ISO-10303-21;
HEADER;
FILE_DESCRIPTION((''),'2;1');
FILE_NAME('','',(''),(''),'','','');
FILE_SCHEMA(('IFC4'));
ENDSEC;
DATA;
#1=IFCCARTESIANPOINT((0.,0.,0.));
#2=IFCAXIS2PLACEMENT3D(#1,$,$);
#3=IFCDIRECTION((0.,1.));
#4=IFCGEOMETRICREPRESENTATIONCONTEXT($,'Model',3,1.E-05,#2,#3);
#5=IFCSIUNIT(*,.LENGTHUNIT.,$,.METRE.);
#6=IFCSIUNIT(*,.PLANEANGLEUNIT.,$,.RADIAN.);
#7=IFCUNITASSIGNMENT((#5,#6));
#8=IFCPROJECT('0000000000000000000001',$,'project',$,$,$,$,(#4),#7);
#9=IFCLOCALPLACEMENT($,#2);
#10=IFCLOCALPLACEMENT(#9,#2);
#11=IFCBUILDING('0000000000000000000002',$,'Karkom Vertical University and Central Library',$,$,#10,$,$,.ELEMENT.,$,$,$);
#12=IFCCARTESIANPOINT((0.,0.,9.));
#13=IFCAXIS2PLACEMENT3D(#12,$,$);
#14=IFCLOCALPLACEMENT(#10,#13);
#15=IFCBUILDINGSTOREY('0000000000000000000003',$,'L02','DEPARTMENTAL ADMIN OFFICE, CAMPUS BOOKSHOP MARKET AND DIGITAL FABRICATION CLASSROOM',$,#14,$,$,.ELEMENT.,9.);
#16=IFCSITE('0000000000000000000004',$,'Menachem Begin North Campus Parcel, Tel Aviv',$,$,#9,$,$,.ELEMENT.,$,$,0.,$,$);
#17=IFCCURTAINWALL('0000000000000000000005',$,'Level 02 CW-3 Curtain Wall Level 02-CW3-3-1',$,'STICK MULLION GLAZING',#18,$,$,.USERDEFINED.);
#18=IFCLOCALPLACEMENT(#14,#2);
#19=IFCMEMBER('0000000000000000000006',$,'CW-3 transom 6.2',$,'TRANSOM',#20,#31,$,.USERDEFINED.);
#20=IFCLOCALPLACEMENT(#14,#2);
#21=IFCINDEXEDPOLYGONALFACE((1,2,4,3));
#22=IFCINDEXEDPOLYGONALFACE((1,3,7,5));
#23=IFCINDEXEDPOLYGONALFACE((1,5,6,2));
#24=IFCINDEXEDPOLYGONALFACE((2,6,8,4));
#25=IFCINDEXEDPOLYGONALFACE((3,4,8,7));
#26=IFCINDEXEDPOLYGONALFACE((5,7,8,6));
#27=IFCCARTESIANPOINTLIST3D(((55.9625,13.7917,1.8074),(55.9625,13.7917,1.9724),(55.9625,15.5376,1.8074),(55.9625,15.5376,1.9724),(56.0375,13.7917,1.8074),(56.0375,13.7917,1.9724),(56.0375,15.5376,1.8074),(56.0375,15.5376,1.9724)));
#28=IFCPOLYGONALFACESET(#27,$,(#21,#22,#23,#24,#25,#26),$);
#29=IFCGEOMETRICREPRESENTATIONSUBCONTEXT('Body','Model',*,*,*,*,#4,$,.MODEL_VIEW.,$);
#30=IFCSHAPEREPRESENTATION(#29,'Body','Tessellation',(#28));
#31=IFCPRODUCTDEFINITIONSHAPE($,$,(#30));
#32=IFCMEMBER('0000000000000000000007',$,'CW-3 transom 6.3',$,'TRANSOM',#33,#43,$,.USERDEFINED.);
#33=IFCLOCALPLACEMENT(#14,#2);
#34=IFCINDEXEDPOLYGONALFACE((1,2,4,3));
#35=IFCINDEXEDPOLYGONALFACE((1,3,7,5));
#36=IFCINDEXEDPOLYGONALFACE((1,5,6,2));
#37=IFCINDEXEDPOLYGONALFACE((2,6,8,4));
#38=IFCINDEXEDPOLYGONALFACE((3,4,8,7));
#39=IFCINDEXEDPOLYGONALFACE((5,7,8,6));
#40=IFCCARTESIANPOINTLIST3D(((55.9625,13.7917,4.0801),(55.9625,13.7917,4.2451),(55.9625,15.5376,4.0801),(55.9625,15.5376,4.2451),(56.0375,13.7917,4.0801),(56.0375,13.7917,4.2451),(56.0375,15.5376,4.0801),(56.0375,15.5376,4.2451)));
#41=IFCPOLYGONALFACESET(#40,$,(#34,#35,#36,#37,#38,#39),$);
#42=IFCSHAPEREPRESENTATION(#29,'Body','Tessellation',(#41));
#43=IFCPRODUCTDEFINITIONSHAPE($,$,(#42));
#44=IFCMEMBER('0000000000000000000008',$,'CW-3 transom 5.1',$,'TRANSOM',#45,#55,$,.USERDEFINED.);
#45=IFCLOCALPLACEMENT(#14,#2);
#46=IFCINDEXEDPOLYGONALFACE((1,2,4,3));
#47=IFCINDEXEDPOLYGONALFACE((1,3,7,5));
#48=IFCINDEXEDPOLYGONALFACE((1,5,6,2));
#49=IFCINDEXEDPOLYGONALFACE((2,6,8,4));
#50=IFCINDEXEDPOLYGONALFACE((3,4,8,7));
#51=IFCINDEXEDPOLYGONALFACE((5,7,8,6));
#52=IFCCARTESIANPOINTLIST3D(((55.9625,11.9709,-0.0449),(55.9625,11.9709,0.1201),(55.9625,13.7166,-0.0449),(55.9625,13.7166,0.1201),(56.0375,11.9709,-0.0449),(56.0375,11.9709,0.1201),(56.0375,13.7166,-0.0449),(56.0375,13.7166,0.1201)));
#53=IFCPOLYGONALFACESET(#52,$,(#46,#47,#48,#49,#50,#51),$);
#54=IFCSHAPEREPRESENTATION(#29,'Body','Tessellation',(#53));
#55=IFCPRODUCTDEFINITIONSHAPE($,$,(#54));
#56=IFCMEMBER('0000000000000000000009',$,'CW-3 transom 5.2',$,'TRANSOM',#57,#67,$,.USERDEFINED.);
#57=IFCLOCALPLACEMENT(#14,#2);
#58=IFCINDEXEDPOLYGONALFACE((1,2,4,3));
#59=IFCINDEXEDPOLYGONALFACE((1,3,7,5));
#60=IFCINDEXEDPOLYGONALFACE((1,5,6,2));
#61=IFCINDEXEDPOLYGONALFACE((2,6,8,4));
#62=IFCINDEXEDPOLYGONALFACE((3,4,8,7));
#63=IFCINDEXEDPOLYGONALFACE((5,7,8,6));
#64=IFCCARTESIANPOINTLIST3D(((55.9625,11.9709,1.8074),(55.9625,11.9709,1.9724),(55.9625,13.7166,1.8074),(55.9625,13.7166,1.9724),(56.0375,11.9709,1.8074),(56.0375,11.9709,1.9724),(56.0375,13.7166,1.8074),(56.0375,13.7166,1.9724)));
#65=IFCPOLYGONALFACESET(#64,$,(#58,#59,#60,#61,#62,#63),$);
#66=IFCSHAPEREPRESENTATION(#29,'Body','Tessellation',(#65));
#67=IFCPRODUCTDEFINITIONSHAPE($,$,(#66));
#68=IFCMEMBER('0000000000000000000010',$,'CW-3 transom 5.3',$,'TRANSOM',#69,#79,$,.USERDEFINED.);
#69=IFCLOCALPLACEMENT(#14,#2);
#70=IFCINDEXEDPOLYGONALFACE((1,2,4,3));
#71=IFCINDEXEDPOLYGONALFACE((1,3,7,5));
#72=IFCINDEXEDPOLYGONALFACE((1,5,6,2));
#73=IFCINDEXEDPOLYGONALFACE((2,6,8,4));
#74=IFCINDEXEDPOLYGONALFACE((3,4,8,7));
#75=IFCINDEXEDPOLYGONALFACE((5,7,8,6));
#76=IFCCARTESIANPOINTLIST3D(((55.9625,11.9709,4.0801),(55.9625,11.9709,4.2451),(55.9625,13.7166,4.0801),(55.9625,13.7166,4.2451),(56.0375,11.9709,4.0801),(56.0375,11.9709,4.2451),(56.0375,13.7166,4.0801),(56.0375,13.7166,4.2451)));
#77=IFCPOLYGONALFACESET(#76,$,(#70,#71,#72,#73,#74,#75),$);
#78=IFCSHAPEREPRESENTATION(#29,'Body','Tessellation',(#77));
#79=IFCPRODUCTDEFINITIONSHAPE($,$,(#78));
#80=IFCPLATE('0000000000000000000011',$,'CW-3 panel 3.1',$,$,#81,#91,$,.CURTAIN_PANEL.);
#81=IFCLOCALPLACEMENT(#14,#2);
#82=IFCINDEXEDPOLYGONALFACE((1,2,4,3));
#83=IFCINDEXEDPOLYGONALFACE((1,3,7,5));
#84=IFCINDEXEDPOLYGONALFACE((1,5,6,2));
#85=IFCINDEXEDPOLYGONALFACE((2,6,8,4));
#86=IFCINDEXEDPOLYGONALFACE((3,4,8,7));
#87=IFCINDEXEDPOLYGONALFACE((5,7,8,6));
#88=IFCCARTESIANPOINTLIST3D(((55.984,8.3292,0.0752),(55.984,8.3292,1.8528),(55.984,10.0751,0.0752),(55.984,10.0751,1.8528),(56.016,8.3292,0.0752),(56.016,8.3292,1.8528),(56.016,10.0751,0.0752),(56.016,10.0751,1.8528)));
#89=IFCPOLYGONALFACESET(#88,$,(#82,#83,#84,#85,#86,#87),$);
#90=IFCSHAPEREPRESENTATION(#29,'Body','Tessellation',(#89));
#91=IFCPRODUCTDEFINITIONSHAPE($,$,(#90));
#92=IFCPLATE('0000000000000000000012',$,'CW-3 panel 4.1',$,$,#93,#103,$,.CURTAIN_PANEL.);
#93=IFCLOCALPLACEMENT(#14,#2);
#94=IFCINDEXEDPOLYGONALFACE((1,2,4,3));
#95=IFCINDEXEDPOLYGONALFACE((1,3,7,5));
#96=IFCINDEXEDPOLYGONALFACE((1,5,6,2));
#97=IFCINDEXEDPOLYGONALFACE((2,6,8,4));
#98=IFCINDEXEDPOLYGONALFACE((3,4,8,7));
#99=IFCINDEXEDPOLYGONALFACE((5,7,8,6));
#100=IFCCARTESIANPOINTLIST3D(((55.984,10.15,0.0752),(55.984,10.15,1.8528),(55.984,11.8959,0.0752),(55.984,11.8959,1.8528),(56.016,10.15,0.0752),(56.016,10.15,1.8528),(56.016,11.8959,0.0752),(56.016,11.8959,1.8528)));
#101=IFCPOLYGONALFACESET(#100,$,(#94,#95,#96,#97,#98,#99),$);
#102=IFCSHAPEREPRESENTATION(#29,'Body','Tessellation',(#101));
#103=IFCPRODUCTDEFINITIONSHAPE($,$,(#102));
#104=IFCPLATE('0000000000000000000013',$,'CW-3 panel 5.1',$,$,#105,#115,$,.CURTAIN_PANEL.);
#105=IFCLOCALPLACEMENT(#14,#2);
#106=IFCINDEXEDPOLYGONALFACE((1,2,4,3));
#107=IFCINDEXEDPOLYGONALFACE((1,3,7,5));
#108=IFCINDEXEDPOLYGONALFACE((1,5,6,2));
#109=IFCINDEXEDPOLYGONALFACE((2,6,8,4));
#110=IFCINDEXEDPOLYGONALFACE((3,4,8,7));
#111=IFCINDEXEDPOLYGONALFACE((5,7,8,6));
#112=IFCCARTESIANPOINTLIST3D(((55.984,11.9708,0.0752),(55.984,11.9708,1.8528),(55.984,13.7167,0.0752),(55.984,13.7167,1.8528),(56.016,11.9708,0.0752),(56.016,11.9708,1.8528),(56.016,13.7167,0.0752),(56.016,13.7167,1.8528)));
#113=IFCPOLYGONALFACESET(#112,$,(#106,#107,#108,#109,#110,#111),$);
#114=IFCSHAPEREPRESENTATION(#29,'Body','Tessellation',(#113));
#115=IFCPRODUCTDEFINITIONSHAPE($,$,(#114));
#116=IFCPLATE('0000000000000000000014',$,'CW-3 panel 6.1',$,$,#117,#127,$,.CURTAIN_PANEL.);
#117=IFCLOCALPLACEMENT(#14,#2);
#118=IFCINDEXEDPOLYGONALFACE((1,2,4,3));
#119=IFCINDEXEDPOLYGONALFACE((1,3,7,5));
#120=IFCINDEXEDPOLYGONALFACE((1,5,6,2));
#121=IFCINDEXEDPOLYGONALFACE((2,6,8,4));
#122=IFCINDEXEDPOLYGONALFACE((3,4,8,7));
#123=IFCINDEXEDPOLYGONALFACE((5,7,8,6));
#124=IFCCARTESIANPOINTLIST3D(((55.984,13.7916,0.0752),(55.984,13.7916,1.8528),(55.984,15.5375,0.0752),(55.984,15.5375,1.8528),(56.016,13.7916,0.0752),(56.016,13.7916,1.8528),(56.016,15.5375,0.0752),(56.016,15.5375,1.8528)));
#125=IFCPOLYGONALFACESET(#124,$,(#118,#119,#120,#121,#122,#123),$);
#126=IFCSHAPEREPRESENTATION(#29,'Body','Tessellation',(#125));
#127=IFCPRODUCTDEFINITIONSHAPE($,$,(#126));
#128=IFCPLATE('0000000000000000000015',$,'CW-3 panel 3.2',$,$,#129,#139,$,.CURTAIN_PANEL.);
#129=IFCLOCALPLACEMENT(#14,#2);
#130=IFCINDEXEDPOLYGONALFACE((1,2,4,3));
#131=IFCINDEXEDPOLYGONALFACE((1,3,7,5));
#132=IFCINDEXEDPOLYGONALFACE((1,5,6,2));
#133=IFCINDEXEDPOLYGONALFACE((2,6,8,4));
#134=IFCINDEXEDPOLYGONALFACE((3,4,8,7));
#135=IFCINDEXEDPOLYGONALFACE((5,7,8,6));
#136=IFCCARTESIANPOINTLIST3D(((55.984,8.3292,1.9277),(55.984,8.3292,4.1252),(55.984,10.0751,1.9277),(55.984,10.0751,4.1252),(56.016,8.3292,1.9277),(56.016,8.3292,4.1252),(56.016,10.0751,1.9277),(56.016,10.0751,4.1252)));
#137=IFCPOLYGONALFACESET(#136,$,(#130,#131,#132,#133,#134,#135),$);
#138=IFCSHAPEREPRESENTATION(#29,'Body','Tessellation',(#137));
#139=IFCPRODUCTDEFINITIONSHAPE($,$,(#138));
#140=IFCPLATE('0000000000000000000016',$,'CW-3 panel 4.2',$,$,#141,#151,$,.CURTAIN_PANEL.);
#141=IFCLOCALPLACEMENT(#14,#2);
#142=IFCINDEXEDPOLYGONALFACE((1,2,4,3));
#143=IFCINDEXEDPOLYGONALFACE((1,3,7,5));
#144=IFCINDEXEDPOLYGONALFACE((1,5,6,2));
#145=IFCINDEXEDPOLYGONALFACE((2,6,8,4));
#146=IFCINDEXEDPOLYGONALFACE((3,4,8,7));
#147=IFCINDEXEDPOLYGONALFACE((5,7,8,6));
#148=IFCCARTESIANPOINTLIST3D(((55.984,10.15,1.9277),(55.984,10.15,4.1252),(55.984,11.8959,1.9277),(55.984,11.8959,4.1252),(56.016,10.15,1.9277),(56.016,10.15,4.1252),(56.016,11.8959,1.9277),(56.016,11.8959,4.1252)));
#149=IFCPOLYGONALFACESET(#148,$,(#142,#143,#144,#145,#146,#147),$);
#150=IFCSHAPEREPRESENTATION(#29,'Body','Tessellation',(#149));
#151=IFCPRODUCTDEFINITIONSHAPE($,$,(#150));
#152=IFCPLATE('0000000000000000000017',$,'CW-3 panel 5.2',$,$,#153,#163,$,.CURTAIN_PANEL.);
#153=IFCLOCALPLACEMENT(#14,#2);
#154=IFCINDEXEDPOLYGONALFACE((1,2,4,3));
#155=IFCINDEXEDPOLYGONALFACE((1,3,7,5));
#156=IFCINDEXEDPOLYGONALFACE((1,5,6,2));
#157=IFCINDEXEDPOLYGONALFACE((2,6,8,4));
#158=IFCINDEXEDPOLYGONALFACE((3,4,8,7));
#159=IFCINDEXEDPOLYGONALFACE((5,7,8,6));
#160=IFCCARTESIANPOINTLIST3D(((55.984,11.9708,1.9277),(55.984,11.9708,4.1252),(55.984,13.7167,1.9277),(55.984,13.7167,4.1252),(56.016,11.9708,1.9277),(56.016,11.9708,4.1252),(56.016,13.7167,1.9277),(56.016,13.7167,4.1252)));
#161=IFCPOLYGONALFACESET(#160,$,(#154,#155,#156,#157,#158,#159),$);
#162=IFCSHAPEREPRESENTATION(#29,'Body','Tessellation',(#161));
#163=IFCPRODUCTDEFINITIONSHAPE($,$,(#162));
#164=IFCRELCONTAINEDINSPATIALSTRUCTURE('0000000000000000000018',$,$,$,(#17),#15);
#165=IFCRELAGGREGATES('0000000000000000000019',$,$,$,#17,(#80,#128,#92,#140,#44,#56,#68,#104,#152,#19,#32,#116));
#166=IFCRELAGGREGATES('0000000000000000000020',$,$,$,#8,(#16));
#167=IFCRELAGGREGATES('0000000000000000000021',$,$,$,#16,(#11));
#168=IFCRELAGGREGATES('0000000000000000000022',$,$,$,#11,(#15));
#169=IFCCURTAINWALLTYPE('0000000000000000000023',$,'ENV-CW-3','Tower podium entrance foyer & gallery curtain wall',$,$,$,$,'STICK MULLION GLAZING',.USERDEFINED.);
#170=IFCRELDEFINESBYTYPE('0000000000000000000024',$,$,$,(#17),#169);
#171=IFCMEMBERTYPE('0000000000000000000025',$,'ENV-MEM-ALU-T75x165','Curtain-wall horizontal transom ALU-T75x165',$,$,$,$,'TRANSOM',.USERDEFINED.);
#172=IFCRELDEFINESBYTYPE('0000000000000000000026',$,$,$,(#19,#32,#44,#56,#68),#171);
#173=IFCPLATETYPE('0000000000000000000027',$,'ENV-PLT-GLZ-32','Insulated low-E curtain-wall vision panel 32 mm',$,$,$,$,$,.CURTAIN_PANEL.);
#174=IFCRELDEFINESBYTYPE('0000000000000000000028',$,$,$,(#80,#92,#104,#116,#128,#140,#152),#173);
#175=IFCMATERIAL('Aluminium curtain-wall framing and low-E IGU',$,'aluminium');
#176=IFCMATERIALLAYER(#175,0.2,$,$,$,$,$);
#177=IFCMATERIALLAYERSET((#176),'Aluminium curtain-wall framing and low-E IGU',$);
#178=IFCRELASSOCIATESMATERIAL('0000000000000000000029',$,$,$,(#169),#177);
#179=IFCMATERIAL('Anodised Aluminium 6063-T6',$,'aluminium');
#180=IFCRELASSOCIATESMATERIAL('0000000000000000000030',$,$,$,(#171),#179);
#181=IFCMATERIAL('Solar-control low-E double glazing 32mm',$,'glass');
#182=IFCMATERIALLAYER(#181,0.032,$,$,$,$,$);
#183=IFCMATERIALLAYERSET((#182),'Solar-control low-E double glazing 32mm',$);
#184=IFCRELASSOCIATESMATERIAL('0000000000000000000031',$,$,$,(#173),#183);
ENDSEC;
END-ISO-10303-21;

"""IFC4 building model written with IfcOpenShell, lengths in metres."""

from ifc_helpers import new_model, si_unit, direction, frame, origin, origin_with_axes, origin_2d, place, context, subcontext, project, spatial, rectangle, extrude, source, transform, mapped, material, layer, layer_set, material_profile, profile_set, type_object, element, aggregate, save


model = new_model("IFC4")

# Units and contexts
model_context = context("Model", 3, precision=1e-05, world=origin(), true_north=direction((0.0, 1.0)))
body_context = subcontext(model_context, "Body", "Model", "MODEL_VIEW")
ifc_project = project(units=[si_unit("LENGTHUNIT", "METRE"), si_unit("PLANEANGLEUNIT", "RADIAN")], contexts=[model_context])

# Site, building, storey
site_placement = place(None, origin())
site = spatial("IfcSite", under=ifc_project, at=site_placement, Name="Menachem Begin North Campus Parcel, Tel Aviv", CompositionType="ELEMENT", RefElevation=0.0)
building_placement = place(site_placement, origin())
building = spatial("IfcBuilding", under=site, at=building_placement, Name="Karkom Vertical University and Central Library", CompositionType="ELEMENT")
storey_placement = place(building_placement, frame((0.0, 0.0, 9.0)))
storey = spatial("IfcBuildingStorey", under=building, at=storey_placement, Name="L02", Description="DEPARTMENTAL ADMIN OFFICE, CAMPUS BOOKSHOP MARKET AND DIGITAL FABRICATION CLASSROOM", CompositionType="ELEMENT", Elevation=9.0)

# Curtain wall
ifc_material_1 = material(Name="Aluminium curtain-wall framing and low-E IGU", Category="aluminium")
ifc_layer_1 = layer(ifc_material_1, 0.2)
ifc_layer_set_1 = layer_set([ifc_layer_1], Name="Aluminium curtain-wall framing and low-E IGU")
curtain_wall_type_1 = type_object("IfcCurtainWallType", Name="ENV-CW-3", Description="Tower podium entrance foyer & gallery curtain wall", ElementType="STICK MULLION GLAZING", PredefinedType="USERDEFINED", material=ifc_layer_set_1)
curtain_wall_1_placement = place(storey_placement, origin())
curtain_wall_1 = element("IfcCurtainWall", 1, at=curtain_wall_1_placement, inside=storey, type_object=curtain_wall_type_1, Name="Level 02 CW-3 Curtain Wall Level 02-CW3-3-1", ObjectType="STICK MULLION GLAZING", PredefinedType="USERDEFINED")
ifc_material_2 = material(Name="Anodised Aluminium 6063-T6", Category="aluminium")

# Members
ifc_material_profile_1 = material_profile(ifc_material_2, rectangle(XDim=0.075, YDim=0.165, at=origin_2d()), Name="ALU-T75x165")
ifc_profile_set_1 = profile_set([ifc_material_profile_1], Name="Anodised Aluminium 6063-T6")
member_type_1 = type_object("IfcMemberType", Name="ENV-MEM-ALU-T75x165", Description="Curtain-wall horizontal transom ALU-T75x165", ElementType="TRANSOM", PredefinedType="USERDEFINED", material=ifc_profile_set_1)
shared_shape_1 = source(origin_with_axes(), body_context, "Body", "SweptSolid", [
    extrude(rectangle(XDim=0.075, YDim=0.165, at=origin_2d()), origin(), (0.0, 0.0, 1.0), 1.7458),
])
member_1_placement = place(storey_placement, frame((56.0, 13.7917, 1.8899), z_axis=(0.0, 1.0, 0.0), x_axis=(-1.0, 0.0, 0.0)))
member_1 = element("IfcMember", 2, at=member_1_placement, type_object=member_type_1, Name="CW-3 transom 6.2", ObjectType="TRANSOM", PredefinedType="USERDEFINED", context=body_context, shape_type="MappedRepresentation", body=[
    mapped(shared_shape_1, transform((0.0, 0.0, 0.0), scale=1.0)),
])
member_2_placement = place(storey_placement, frame((56.0, 13.7917, 4.1626), z_axis=(0.0, 1.0, 0.0), x_axis=(-1.0, 0.0, 0.0)))
member_2 = element("IfcMember", 3, at=member_2_placement, type_object=member_type_1, Name="CW-3 transom 6.3", ObjectType="TRANSOM", PredefinedType="USERDEFINED", context=body_context, shape_type="MappedRepresentation", body=[
    mapped(shared_shape_1, transform((0.0, 0.0, 0.0), scale=1.0)),
])
shared_shape_2 = source(origin_with_axes(), body_context, "Body", "SweptSolid", [
    extrude(rectangle(XDim=0.075, YDim=0.165, at=origin_2d()), origin(), (0.0, 0.0, 1.0), 1.7456),
])
member_3_placement = place(storey_placement, frame((56.0, 11.9709, 0.0376), z_axis=(0.0, 1.0, 0.0), x_axis=(-1.0, 0.0, 0.0)))
member_3 = element("IfcMember", 4, at=member_3_placement, type_object=member_type_1, Name="CW-3 transom 5.1", ObjectType="TRANSOM", PredefinedType="USERDEFINED", context=body_context, shape_type="MappedRepresentation", body=[
    mapped(shared_shape_2, transform((0.0, 0.0, 0.0), scale=1.0)),
])
member_4_placement = place(storey_placement, frame((56.0, 11.9709, 1.8899), z_axis=(0.0, 1.0, 0.0), x_axis=(-1.0, 0.0, 0.0)))
member_4 = element("IfcMember", 5, at=member_4_placement, type_object=member_type_1, Name="CW-3 transom 5.2", ObjectType="TRANSOM", PredefinedType="USERDEFINED", context=body_context, shape_type="MappedRepresentation", body=[
    mapped(shared_shape_2, transform((0.0, 0.0, 0.0), scale=1.0)),
])
member_5_placement = place(storey_placement, frame((56.0, 11.9709, 4.1626), z_axis=(0.0, 1.0, 0.0), x_axis=(-1.0, 0.0, 0.0)))
member_5 = element("IfcMember", 6, at=member_5_placement, type_object=member_type_1, Name="CW-3 transom 5.3", ObjectType="TRANSOM", PredefinedType="USERDEFINED", context=body_context, shape_type="MappedRepresentation", body=[
    mapped(shared_shape_2, transform((0.0, 0.0, 0.0), scale=1.0)),
])

# Plates
ifc_material_3 = material(Name="Solar-control low-E double glazing 32mm", Category="glass")
ifc_layer_2 = layer(ifc_material_3, 0.032)
ifc_layer_set_2 = layer_set([ifc_layer_2], Name="Solar-control low-E double glazing 32mm")
plate_type = type_object("IfcPlateType", Name="ENV-PLT-GLZ-32", Description="Insulated low-E curtain-wall vision panel 32 mm", PredefinedType="CURTAIN_PANEL", material=ifc_layer_set_2)
shared_shape_3 = source(origin_with_axes(), body_context, "Body", "SweptSolid", [
    extrude(rectangle(XDim=1.7458, YDim=0.032, at=origin_2d()), origin(), (0.0, 0.0, 1.0), 1.7776),
])
plate_1_placement = place(storey_placement, frame((56.0, 9.2021, 0.0752), z_axis=(0.0, 0.0, 1.0), x_axis=(0.0, 1.0, 0.0)))
plate_1 = element("IfcPlate", 7, at=plate_1_placement, type_object=plate_type, Name="CW-3 panel 3.1", PredefinedType="CURTAIN_PANEL", context=body_context, shape_type="MappedRepresentation", body=[
    mapped(shared_shape_3, transform((0.0, 0.0, 0.0), scale=1.0)),
])
plate_2_placement = place(storey_placement, frame((56.0, 11.0229, 0.0752), z_axis=(0.0, 0.0, 1.0), x_axis=(0.0, 1.0, 0.0)))
plate_2 = element("IfcPlate", 8, at=plate_2_placement, type_object=plate_type, Name="CW-3 panel 4.1", PredefinedType="CURTAIN_PANEL", context=body_context, shape_type="MappedRepresentation", body=[
    mapped(shared_shape_3, transform((0.0, 0.0, 0.0), scale=1.0)),
])
plate_3_placement = place(storey_placement, frame((56.0, 12.8438, 0.0752), z_axis=(0.0, 0.0, 1.0), x_axis=(0.0, 1.0, 0.0)))
plate_3 = element("IfcPlate", 9, at=plate_3_placement, type_object=plate_type, Name="CW-3 panel 5.1", PredefinedType="CURTAIN_PANEL", context=body_context, shape_type="MappedRepresentation", body=[
    mapped(shared_shape_3, transform((0.0, 0.0, 0.0), scale=1.0)),
])
plate_4_placement = place(storey_placement, frame((56.0, 14.6646, 0.0752), z_axis=(0.0, 0.0, 1.0), x_axis=(0.0, 1.0, 0.0)))
plate_4 = element("IfcPlate", 10, at=plate_4_placement, type_object=plate_type, Name="CW-3 panel 6.1", PredefinedType="CURTAIN_PANEL", context=body_context, shape_type="MappedRepresentation", body=[
    mapped(shared_shape_3, transform((0.0, 0.0, 0.0), scale=1.0)),
])
shared_shape_4 = source(origin_with_axes(), body_context, "Body", "SweptSolid", [
    extrude(rectangle(XDim=1.7458, YDim=0.032, at=origin_2d()), origin(), (0.0, 0.0, 1.0), 2.1975),
])
plate_5_placement = place(storey_placement, frame((56.0, 9.2021, 1.9277), z_axis=(0.0, 0.0, 1.0), x_axis=(0.0, 1.0, 0.0)))
plate_5 = element("IfcPlate", 11, at=plate_5_placement, type_object=plate_type, Name="CW-3 panel 3.2", PredefinedType="CURTAIN_PANEL", context=body_context, shape_type="MappedRepresentation", body=[
    mapped(shared_shape_4, transform((0.0, 0.0, 0.0), scale=1.0)),
])
plate_6_placement = place(storey_placement, frame((56.0, 11.0229, 1.9277), z_axis=(0.0, 0.0, 1.0), x_axis=(0.0, 1.0, 0.0)))
plate_6 = element("IfcPlate", 12, at=plate_6_placement, type_object=plate_type, Name="CW-3 panel 4.2", PredefinedType="CURTAIN_PANEL", context=body_context, shape_type="MappedRepresentation", body=[
    mapped(shared_shape_4, transform((0.0, 0.0, 0.0), scale=1.0)),
])
plate_7_placement = place(storey_placement, frame((56.0, 12.8438, 1.9277), z_axis=(0.0, 0.0, 1.0), x_axis=(0.0, 1.0, 0.0)))
plate_7 = element("IfcPlate", 13, at=plate_7_placement, type_object=plate_type, Name="CW-3 panel 5.2", PredefinedType="CURTAIN_PANEL", context=body_context, shape_type="MappedRepresentation", body=[
    mapped(shared_shape_4, transform((0.0, 0.0, 0.0), scale=1.0)),
])
aggregate(curtain_wall_1, [plate_1, plate_5, plate_2, plate_6, member_3, member_4, member_5, plate_3, plate_7, member_1, member_2, plate_4])

save(model, "model.ifc")
